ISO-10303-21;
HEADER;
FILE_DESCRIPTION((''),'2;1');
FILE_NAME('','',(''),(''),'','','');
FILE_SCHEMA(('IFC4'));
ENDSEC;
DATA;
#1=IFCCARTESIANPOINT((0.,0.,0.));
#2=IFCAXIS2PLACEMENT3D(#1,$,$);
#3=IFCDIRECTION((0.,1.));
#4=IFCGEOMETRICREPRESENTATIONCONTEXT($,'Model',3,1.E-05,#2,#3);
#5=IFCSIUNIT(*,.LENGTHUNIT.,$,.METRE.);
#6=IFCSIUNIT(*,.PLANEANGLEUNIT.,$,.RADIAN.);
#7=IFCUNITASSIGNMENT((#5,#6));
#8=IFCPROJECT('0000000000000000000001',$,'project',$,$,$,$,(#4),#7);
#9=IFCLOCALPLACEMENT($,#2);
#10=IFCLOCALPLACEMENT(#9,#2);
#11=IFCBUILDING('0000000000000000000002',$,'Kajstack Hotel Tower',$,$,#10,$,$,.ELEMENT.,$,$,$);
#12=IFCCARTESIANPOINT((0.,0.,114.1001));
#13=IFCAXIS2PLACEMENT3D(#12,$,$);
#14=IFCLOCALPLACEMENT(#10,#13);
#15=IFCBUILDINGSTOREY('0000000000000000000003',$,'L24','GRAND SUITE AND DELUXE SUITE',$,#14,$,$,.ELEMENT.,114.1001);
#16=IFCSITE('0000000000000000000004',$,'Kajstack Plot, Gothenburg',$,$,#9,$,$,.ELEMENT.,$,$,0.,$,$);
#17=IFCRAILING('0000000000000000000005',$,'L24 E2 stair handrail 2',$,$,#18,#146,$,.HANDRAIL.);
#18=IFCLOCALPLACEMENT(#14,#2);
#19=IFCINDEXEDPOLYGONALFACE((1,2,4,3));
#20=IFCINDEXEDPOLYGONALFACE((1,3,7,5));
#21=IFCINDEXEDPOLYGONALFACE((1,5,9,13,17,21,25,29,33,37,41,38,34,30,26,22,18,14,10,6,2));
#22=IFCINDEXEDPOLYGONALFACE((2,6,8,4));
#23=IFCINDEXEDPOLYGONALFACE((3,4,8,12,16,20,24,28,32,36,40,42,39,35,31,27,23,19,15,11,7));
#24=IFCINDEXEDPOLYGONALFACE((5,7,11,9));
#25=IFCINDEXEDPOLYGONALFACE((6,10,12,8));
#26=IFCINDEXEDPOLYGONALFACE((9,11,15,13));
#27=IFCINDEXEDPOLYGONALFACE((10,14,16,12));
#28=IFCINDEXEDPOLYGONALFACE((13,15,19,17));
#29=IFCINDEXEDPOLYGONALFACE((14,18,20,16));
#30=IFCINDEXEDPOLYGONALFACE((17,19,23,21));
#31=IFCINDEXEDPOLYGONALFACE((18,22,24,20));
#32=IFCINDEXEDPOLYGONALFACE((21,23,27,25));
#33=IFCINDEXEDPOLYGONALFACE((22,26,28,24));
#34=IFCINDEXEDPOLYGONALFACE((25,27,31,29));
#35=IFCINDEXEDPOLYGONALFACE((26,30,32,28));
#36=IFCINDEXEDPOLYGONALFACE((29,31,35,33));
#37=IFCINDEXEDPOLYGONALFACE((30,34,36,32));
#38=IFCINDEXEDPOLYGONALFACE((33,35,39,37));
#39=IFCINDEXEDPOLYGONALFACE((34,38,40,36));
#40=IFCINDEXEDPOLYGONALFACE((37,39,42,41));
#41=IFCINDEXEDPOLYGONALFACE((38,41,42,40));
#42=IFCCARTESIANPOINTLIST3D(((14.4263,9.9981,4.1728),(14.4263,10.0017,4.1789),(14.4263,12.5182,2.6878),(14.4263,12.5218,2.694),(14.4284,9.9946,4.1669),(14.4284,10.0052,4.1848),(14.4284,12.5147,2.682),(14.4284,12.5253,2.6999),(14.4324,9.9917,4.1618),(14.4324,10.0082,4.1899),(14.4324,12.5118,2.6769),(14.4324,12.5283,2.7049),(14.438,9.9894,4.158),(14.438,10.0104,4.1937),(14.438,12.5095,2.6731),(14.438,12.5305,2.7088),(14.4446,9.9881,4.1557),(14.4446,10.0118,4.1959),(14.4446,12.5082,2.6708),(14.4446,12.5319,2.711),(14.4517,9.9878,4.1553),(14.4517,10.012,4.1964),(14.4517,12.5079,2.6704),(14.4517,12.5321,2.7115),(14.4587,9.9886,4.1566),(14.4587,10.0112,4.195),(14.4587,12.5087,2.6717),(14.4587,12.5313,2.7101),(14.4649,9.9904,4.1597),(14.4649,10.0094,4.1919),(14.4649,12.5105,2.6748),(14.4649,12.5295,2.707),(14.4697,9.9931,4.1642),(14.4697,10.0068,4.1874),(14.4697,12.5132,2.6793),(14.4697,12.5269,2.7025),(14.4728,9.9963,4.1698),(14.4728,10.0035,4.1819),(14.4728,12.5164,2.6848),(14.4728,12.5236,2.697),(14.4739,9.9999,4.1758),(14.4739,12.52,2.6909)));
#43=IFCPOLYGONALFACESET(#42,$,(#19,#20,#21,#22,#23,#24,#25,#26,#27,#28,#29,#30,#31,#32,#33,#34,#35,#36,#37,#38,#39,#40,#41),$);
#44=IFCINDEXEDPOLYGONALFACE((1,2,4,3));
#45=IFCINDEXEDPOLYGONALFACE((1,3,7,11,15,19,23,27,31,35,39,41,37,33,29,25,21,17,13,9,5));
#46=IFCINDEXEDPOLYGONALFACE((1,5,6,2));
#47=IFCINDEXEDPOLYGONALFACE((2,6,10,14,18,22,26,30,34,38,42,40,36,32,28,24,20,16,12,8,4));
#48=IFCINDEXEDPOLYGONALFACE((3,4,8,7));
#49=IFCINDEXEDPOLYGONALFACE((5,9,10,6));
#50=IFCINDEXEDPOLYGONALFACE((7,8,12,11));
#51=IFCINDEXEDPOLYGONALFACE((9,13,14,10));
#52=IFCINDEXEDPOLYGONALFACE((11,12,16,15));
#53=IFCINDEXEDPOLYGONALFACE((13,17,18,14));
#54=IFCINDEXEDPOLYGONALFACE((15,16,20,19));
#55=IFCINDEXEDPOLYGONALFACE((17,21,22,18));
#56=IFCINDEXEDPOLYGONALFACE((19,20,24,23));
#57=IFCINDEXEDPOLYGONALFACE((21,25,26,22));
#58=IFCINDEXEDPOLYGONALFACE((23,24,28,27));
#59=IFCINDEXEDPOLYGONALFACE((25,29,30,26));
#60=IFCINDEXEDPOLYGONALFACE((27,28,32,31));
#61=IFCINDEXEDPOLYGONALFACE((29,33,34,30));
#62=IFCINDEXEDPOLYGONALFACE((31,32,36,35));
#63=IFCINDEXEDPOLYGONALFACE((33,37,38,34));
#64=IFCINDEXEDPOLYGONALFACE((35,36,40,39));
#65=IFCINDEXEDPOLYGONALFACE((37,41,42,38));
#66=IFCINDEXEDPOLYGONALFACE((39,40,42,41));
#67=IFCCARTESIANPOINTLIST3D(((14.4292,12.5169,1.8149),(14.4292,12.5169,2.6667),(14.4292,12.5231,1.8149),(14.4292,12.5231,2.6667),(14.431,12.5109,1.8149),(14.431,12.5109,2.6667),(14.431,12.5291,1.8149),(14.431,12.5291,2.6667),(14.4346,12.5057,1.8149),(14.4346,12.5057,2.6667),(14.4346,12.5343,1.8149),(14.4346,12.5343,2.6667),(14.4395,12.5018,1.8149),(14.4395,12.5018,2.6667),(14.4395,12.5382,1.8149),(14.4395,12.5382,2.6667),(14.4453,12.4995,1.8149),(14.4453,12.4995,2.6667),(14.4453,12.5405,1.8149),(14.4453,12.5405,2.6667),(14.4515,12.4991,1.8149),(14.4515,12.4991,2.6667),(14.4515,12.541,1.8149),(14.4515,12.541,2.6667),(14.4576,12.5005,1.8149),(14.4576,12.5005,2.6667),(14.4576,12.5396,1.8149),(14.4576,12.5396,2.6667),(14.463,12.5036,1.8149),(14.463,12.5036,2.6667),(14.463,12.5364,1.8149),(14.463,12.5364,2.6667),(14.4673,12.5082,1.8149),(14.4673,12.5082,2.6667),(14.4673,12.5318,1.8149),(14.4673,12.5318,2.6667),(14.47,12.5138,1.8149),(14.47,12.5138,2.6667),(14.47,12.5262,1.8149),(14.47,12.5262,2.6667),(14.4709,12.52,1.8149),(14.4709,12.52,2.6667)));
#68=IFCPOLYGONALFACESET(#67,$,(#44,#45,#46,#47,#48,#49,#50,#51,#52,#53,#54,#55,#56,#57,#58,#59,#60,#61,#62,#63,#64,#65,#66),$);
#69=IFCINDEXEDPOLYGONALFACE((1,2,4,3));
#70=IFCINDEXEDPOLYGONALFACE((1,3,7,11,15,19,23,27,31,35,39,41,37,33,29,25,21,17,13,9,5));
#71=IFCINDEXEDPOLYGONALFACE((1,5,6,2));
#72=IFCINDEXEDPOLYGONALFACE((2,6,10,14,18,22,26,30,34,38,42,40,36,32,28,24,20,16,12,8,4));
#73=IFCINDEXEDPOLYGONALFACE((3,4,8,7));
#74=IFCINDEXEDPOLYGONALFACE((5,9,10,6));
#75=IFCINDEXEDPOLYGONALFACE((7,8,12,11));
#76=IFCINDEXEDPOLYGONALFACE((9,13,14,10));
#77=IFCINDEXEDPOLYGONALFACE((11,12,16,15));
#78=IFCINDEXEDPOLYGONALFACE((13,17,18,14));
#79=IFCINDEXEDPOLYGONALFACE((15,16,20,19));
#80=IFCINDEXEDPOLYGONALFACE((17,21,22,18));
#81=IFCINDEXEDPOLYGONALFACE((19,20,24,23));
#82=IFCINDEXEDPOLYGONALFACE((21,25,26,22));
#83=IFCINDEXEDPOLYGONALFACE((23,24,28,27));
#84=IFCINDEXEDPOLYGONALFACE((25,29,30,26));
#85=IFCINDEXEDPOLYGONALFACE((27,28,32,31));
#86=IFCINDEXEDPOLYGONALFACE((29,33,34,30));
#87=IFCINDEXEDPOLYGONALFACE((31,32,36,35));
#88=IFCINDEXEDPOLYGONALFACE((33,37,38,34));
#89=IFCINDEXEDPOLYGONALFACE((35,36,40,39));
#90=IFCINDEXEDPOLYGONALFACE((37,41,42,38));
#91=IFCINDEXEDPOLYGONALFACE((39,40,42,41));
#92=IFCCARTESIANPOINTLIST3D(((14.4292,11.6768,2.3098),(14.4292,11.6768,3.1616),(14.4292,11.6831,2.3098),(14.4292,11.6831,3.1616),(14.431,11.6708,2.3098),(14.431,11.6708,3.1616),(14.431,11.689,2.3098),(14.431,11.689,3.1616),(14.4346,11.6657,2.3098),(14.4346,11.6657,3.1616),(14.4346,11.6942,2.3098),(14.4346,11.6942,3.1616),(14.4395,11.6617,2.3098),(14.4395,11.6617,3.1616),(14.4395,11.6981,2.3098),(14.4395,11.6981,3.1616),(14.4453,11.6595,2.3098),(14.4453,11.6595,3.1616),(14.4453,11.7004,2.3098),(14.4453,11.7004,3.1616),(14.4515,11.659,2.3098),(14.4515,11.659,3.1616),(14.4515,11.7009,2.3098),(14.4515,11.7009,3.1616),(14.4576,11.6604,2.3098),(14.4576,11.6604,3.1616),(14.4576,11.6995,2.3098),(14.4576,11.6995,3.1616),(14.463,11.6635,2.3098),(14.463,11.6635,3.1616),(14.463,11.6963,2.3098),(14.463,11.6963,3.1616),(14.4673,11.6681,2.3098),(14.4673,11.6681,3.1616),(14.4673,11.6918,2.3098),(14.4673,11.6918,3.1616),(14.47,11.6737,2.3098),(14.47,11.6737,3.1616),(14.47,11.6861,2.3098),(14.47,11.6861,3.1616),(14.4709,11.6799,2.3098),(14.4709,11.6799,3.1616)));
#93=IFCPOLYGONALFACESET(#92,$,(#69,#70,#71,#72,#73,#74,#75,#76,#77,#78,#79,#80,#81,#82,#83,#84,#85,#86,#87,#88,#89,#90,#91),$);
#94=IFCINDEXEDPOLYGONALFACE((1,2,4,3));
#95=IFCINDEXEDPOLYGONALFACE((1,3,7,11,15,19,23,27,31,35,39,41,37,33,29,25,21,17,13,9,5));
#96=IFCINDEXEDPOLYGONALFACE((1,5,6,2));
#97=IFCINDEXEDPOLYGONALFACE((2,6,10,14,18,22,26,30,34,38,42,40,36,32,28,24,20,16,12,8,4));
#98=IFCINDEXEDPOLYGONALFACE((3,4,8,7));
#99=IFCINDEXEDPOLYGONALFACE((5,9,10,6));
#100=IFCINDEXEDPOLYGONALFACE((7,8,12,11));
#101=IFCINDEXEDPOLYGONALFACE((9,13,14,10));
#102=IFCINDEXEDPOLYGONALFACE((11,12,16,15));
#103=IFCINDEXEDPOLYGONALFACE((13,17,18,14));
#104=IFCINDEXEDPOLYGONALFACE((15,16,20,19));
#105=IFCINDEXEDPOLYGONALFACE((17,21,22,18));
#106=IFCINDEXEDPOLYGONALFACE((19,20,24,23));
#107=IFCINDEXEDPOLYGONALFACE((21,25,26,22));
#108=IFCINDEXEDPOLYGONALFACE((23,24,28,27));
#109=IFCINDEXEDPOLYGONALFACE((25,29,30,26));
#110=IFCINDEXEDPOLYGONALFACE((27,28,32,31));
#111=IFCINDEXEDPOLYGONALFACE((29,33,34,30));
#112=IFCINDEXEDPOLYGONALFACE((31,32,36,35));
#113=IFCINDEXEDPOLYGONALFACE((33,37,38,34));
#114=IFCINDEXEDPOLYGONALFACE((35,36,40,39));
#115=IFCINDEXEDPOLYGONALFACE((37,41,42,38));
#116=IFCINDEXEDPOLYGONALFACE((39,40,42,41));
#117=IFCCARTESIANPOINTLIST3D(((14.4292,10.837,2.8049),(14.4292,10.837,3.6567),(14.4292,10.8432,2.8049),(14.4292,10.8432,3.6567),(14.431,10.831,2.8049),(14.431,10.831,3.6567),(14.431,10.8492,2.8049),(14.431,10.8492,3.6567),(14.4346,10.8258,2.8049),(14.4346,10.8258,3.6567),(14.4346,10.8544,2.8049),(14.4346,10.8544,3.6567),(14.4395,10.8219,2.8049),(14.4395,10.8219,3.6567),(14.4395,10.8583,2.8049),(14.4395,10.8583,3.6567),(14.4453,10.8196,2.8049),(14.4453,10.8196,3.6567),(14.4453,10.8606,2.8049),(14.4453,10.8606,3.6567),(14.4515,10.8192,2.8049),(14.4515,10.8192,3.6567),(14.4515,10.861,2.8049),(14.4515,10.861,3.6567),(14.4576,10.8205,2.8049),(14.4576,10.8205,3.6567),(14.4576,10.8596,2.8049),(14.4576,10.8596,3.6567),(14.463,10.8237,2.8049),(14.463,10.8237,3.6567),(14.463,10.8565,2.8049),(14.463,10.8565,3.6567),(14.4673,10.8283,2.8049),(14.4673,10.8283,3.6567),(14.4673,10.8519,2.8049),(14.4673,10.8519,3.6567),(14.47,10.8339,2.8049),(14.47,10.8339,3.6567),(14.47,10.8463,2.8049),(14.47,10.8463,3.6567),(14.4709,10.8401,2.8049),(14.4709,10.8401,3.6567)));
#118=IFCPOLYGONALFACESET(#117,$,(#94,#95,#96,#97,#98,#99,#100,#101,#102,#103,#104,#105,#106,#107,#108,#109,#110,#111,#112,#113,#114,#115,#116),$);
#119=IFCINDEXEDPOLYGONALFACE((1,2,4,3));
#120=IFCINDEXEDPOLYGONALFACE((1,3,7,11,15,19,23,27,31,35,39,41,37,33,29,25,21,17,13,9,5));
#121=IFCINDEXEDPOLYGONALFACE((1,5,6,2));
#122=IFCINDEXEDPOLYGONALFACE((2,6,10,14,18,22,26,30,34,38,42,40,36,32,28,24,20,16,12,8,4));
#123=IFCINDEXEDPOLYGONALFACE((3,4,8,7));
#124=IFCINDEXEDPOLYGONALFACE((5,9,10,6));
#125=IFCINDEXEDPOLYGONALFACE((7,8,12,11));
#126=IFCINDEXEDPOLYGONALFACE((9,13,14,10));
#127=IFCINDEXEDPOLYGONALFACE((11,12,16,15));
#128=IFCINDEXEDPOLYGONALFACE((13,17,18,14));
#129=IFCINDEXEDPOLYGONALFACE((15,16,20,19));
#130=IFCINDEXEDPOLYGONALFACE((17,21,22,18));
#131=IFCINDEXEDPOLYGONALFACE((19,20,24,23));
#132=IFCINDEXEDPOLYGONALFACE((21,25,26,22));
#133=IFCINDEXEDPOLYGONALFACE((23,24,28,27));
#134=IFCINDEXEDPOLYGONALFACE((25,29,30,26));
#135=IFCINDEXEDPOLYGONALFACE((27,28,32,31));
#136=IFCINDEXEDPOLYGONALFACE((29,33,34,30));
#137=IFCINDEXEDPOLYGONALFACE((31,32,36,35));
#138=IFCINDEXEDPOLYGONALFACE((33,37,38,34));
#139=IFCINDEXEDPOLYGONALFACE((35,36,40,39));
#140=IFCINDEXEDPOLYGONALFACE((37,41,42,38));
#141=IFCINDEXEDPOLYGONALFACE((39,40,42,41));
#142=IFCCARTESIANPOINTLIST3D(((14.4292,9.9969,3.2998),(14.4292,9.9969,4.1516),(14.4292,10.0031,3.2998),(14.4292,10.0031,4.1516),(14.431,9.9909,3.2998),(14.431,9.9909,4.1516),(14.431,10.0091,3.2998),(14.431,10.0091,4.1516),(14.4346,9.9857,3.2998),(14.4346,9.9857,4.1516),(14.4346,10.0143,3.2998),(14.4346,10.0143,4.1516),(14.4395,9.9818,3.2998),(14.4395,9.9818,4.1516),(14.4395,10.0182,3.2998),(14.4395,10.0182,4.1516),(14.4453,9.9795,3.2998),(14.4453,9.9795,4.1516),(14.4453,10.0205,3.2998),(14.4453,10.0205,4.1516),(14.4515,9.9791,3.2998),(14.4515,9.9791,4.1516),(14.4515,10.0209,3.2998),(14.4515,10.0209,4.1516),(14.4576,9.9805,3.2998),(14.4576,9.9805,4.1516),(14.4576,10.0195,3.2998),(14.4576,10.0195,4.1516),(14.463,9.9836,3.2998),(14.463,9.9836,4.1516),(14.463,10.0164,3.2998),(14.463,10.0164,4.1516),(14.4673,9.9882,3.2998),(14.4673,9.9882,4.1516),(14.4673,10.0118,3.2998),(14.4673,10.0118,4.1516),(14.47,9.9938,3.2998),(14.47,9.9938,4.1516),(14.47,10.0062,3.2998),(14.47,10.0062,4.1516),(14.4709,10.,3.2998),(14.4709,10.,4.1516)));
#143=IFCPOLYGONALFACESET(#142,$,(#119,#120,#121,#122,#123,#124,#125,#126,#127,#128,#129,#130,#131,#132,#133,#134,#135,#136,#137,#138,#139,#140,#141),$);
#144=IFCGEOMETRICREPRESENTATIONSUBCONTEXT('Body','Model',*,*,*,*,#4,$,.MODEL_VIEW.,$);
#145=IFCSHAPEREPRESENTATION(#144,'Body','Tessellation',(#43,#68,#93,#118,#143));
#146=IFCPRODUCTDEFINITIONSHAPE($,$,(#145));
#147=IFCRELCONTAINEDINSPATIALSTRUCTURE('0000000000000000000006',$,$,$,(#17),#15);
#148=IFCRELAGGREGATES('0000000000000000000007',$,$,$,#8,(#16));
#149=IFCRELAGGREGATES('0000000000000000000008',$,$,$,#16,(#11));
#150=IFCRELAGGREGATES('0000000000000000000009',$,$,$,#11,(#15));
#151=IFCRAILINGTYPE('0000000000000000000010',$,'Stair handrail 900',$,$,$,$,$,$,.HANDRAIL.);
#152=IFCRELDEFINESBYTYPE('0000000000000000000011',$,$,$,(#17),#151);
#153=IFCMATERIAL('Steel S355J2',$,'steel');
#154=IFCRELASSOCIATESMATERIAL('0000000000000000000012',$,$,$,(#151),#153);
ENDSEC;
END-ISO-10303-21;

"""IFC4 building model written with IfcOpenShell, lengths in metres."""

from ifc_helpers import new_model, si_unit, direction, frame, origin, origin_2d, place, context, subcontext, project, spatial, circle, extrude, material, type_object, element, save


model = new_model("IFC4")

# Units and contexts
model_context = context("Model", 3, precision=1e-05, world=origin(), true_north=direction((0.0, 1.0)))
body_context = subcontext(model_context, "Body", "Model", "MODEL_VIEW")
ifc_project = project(units=[si_unit("LENGTHUNIT", "METRE"), si_unit("PLANEANGLEUNIT", "RADIAN")], contexts=[model_context])

# Site, building, storey
site_placement = place(None, origin())
site = spatial("IfcSite", under=ifc_project, at=site_placement, Name="Kajstack Plot, Gothenburg", CompositionType="ELEMENT", RefElevation=0.0)
building_placement = place(site_placement, origin())
building = spatial("IfcBuilding", under=site, at=building_placement, Name="Kajstack Hotel Tower", CompositionType="ELEMENT")
storey_placement = place(building_placement, frame((0.0, 0.0, 114.1001)))
storey = spatial("IfcBuildingStorey", under=building, at=storey_placement, Name="L24", Description="GRAND SUITE AND DELUXE SUITE", CompositionType="ELEMENT", Elevation=114.1001)

# Railing
ifc_material_1 = material(Name="Steel S355J2", Category="steel")
railing_type = type_object("IfcRailingType", Name="Stair handrail 900", PredefinedType="HANDRAIL", material=ifc_material_1)
railing_placement = place(storey_placement, frame((14.45, 12.52, 1.8149)))
element("IfcRailing", 1, at=railing_placement, inside=storey, type_object=railing_type, Name="L24 E2 stair handrail 2", PredefinedType="HANDRAIL", context=body_context, shape_type="SweptSolid", body=[
    extrude(circle(Radius=0.0239, at=origin_2d()), frame((0.0, 0.0, 0.876), z_axis=(0.0, -0.861561, 0.507655), x_axis=(1.0, 0.0, 0.0)), (0.0, 0.0, 1.0), 2.925),
    extrude(circle(Radius=0.021, at=origin_2d()), origin(), (0.0, 0.0, 1.0), 0.8518),
    extrude(circle(Radius=0.021, at=origin_2d()), frame((0.0, -0.8401, 0.4949)), (0.0, 0.0, 1.0), 0.8518),
    extrude(circle(Radius=0.021, at=origin_2d()), frame((0.0, -1.6799, 0.99)), (0.0, 0.0, 1.0), 0.8518),
    extrude(circle(Radius=0.021, at=origin_2d()), frame((0.0, -2.52, 1.4849)), (0.0, 0.0, 1.0), 0.8518),
])

save(model, "model.ifc")
